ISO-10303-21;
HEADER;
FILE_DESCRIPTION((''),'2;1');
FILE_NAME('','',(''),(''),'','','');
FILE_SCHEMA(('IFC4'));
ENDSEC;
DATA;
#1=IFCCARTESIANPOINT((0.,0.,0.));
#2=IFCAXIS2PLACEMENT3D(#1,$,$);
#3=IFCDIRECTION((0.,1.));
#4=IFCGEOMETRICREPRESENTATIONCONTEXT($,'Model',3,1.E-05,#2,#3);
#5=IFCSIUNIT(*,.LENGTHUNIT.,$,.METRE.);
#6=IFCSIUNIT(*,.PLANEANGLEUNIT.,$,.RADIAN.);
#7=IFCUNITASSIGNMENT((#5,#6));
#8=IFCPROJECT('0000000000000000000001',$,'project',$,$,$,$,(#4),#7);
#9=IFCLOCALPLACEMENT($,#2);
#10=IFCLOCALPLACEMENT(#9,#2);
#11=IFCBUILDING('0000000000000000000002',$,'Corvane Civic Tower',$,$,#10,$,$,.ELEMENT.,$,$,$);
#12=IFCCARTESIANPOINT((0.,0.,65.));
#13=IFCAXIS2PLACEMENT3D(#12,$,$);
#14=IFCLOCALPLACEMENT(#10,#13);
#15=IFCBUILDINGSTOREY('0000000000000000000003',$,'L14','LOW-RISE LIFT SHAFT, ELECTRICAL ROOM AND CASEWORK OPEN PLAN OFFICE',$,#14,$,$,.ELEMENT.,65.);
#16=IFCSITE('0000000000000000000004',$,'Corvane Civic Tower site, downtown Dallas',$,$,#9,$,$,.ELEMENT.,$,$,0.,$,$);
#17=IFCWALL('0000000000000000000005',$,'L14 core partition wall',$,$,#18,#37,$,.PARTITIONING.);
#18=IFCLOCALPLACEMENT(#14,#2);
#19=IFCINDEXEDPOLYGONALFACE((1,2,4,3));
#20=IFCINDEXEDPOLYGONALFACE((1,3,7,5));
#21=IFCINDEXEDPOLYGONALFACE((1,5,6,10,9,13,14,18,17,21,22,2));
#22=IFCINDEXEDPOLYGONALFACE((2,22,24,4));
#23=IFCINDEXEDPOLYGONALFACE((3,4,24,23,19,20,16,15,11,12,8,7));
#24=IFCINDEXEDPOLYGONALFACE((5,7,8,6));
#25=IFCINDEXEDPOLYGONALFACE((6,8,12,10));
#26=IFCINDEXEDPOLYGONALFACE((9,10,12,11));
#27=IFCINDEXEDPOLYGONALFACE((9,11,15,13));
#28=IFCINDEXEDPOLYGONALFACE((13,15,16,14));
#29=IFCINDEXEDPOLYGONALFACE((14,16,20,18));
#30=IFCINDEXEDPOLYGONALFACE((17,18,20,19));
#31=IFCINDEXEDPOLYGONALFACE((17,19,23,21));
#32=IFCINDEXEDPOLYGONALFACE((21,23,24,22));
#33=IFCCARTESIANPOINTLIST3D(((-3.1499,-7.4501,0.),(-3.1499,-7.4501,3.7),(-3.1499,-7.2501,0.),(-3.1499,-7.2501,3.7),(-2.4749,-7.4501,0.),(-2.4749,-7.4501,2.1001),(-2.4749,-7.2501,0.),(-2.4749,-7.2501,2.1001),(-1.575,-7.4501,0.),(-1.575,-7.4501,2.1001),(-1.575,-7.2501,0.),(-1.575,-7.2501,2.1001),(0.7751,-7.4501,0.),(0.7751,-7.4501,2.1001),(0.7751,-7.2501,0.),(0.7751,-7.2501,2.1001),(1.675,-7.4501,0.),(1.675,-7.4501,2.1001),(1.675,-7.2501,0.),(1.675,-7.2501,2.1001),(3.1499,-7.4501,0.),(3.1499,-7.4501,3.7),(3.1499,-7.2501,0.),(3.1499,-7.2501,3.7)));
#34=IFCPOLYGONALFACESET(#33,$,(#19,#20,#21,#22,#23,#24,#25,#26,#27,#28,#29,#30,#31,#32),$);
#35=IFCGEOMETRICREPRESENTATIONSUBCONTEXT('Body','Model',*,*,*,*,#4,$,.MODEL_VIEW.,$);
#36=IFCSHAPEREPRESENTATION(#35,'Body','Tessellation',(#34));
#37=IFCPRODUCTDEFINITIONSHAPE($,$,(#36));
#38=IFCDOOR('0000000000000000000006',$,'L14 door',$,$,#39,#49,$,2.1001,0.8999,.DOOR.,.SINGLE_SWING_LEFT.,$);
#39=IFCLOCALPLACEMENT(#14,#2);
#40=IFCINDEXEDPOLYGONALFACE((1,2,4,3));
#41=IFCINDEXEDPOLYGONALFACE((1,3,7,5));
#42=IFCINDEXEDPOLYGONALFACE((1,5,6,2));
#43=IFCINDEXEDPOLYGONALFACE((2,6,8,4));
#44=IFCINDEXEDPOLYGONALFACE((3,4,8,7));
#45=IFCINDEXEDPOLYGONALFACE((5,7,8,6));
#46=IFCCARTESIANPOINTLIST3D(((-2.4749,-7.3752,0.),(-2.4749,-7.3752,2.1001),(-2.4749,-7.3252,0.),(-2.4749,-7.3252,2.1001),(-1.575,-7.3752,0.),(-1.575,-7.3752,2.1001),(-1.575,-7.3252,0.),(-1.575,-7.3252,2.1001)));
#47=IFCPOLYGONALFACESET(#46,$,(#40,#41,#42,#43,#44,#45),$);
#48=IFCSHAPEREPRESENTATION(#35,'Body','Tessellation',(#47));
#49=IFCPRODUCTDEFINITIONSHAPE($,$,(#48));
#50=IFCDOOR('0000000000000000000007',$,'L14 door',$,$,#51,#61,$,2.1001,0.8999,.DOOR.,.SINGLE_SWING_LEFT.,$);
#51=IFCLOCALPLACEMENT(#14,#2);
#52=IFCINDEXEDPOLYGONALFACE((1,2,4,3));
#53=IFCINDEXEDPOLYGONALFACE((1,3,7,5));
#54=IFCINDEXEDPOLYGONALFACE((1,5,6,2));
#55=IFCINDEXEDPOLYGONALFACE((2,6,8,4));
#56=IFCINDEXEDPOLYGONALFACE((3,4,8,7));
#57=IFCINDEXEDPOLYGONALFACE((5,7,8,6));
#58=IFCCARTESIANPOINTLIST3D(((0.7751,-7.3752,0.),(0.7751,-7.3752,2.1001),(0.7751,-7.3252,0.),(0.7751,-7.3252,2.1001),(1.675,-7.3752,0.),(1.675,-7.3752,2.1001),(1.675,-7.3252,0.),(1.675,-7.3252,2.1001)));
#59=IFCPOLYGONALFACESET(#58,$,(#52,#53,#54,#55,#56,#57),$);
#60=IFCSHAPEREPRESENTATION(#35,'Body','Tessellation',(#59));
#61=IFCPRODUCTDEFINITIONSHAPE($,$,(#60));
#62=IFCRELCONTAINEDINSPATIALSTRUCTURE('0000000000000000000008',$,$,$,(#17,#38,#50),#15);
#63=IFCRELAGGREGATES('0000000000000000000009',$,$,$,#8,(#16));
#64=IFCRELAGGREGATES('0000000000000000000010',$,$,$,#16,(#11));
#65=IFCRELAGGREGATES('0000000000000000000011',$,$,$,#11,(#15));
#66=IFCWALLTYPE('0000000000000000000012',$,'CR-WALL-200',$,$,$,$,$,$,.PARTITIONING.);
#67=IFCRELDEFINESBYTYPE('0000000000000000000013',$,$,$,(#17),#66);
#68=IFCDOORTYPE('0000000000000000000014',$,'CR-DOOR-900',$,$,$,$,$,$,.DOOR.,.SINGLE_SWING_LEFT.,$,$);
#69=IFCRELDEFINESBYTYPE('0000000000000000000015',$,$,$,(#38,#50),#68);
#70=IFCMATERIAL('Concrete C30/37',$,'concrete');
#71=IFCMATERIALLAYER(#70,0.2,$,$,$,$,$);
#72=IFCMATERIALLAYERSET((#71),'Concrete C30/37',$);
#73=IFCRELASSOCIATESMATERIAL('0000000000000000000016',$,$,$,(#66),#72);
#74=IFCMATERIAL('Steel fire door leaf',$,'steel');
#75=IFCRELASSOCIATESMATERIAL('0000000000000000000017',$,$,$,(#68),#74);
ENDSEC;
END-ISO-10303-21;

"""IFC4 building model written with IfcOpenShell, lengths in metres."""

from ifc_helpers import new_model, si_unit, direction, frame, frame_2d, origin, place, context, subcontext, project, spatial, rectangle, extrude, material, layer, layer_set, type_object, element, fill, save


model = new_model("IFC4")

# Units and contexts
model_context = context("Model", 3, precision=1e-05, world=origin(), true_north=direction((0.0, 1.0)))
body_context = subcontext(model_context, "Body", "Model", "MODEL_VIEW")
ifc_project = project(units=[si_unit("LENGTHUNIT", "METRE"), si_unit("PLANEANGLEUNIT", "RADIAN")], contexts=[model_context])

# Site, building, storey
site_placement = place(None, origin())
site = spatial("IfcSite", under=ifc_project, at=site_placement, Name="Corvane Civic Tower site, downtown Dallas", CompositionType="ELEMENT", RefElevation=0.0)
building_placement = place(site_placement, origin())
building = spatial("IfcBuilding", under=site, at=building_placement, Name="Corvane Civic Tower", CompositionType="ELEMENT")
storey_placement = place(building_placement, frame((0.0, 0.0, 65.0)))
storey = spatial("IfcBuildingStorey", under=building, at=storey_placement, Name="L14", Description="LOW-RISE LIFT SHAFT, ELECTRICAL ROOM AND CASEWORK OPEN PLAN OFFICE", CompositionType="ELEMENT", Elevation=65.0)

# Wall, openings, doors
ifc_material_1 = material(Name="Concrete C30/37", Category="concrete")
ifc_layer_1 = layer(ifc_material_1, 0.2)
ifc_layer_set_1 = layer_set([ifc_layer_1], Name="Concrete C30/37")
wall_type_1 = type_object("IfcWallType", Name="CR-WALL-200", PredefinedType="PARTITIONING", material=ifc_layer_set_1)
ifc_material_2 = material(Name="Steel fire door leaf", Category="steel")
door_type_1 = type_object("IfcDoorType", Name="CR-DOOR-900", OperationType="SINGLE_SWING_LEFT", PredefinedType="DOOR", material=ifc_material_2)
wall_1_placement = place(storey_placement, frame((-3.1499, -7.3501, 0.0), z_axis=(0.0, 0.0, 1.0), x_axis=(1.0, 0.0, 0.0)))
wall_1 = element("IfcWall", 1, at=wall_1_placement, inside=storey, type_object=wall_type_1, Name="L14 core partition wall", PredefinedType="PARTITIONING", context=body_context, shape_type="SweptSolid", body=[
    extrude(rectangle(XDim=6.2998, YDim=0.2, at=frame_2d((3.1499, 0.0))), origin(), (0.0, 0.0, 1.0), 3.7),
])
opening_1_placement = place(wall_1_placement, frame((0.675, 0.0, 0.0)))
opening_1 = element("IfcOpeningElement", 2, at=opening_1_placement, cuts=wall_1, PredefinedType="OPENING", context=body_context, shape_type="SweptSolid", body=[
    extrude(rectangle(XDim=0.8999, YDim=2.1001, at=frame_2d((0.45, 1.05))), frame((0.0, 0.1099, 0.0), z_axis=(0.0, -1.0, 0.0), x_axis=(1.0, 0.0, 0.0)), (0.0, 0.0, 1.0), 0.22),
])
opening_2_placement = place(wall_1_placement, frame((3.925, 0.0, 0.0)))
opening_2 = element("IfcOpeningElement", 3, at=opening_2_placement, cuts=wall_1, PredefinedType="OPENING", context=body_context, shape_type="SweptSolid", body=[
    extrude(rectangle(XDim=0.8999, YDim=2.1001, at=frame_2d((0.45, 1.05))), frame((0.0, 0.1099, 0.0), z_axis=(0.0, -1.0, 0.0), x_axis=(1.0, 0.0, 0.0)), (0.0, 0.0, 1.0), 0.22),
])
door_1_placement = place(opening_1_placement, origin())
door_1 = element("IfcDoor", 4, at=door_1_placement, inside=storey, type_object=door_type_1, Name="L14 door", OperationType="SINGLE_SWING_LEFT", OverallHeight=2.1001, OverallWidth=0.8999, PredefinedType="DOOR", context=body_context, shape_type="SweptSolid", body=[
    extrude(rectangle(XDim=0.8999, YDim=2.1001, at=frame_2d((0.45, 1.05))), frame((0.0, 0.0249, 0.0), z_axis=(0.0, -1.0, 0.0), x_axis=(1.0, 0.0, 0.0)), (0.0, 0.0, 1.0), 0.05),
])
fill(opening_1, door_1)
door_2_placement = place(opening_2_placement, origin())
door_2 = element("IfcDoor", 5, at=door_2_placement, inside=storey, type_object=door_type_1, Name="L14 door", OperationType="SINGLE_SWING_LEFT", OverallHeight=2.1001, OverallWidth=0.8999, PredefinedType="DOOR", context=body_context, shape_type="SweptSolid", body=[
    extrude(rectangle(XDim=0.8999, YDim=2.1001, at=frame_2d((0.45, 1.05))), frame((0.0, 0.0249, 0.0), z_axis=(0.0, -1.0, 0.0), x_axis=(1.0, 0.0, 0.0)), (0.0, 0.0, 1.0), 0.05),
])
fill(opening_2, door_2)

save(model, "model.ifc")
